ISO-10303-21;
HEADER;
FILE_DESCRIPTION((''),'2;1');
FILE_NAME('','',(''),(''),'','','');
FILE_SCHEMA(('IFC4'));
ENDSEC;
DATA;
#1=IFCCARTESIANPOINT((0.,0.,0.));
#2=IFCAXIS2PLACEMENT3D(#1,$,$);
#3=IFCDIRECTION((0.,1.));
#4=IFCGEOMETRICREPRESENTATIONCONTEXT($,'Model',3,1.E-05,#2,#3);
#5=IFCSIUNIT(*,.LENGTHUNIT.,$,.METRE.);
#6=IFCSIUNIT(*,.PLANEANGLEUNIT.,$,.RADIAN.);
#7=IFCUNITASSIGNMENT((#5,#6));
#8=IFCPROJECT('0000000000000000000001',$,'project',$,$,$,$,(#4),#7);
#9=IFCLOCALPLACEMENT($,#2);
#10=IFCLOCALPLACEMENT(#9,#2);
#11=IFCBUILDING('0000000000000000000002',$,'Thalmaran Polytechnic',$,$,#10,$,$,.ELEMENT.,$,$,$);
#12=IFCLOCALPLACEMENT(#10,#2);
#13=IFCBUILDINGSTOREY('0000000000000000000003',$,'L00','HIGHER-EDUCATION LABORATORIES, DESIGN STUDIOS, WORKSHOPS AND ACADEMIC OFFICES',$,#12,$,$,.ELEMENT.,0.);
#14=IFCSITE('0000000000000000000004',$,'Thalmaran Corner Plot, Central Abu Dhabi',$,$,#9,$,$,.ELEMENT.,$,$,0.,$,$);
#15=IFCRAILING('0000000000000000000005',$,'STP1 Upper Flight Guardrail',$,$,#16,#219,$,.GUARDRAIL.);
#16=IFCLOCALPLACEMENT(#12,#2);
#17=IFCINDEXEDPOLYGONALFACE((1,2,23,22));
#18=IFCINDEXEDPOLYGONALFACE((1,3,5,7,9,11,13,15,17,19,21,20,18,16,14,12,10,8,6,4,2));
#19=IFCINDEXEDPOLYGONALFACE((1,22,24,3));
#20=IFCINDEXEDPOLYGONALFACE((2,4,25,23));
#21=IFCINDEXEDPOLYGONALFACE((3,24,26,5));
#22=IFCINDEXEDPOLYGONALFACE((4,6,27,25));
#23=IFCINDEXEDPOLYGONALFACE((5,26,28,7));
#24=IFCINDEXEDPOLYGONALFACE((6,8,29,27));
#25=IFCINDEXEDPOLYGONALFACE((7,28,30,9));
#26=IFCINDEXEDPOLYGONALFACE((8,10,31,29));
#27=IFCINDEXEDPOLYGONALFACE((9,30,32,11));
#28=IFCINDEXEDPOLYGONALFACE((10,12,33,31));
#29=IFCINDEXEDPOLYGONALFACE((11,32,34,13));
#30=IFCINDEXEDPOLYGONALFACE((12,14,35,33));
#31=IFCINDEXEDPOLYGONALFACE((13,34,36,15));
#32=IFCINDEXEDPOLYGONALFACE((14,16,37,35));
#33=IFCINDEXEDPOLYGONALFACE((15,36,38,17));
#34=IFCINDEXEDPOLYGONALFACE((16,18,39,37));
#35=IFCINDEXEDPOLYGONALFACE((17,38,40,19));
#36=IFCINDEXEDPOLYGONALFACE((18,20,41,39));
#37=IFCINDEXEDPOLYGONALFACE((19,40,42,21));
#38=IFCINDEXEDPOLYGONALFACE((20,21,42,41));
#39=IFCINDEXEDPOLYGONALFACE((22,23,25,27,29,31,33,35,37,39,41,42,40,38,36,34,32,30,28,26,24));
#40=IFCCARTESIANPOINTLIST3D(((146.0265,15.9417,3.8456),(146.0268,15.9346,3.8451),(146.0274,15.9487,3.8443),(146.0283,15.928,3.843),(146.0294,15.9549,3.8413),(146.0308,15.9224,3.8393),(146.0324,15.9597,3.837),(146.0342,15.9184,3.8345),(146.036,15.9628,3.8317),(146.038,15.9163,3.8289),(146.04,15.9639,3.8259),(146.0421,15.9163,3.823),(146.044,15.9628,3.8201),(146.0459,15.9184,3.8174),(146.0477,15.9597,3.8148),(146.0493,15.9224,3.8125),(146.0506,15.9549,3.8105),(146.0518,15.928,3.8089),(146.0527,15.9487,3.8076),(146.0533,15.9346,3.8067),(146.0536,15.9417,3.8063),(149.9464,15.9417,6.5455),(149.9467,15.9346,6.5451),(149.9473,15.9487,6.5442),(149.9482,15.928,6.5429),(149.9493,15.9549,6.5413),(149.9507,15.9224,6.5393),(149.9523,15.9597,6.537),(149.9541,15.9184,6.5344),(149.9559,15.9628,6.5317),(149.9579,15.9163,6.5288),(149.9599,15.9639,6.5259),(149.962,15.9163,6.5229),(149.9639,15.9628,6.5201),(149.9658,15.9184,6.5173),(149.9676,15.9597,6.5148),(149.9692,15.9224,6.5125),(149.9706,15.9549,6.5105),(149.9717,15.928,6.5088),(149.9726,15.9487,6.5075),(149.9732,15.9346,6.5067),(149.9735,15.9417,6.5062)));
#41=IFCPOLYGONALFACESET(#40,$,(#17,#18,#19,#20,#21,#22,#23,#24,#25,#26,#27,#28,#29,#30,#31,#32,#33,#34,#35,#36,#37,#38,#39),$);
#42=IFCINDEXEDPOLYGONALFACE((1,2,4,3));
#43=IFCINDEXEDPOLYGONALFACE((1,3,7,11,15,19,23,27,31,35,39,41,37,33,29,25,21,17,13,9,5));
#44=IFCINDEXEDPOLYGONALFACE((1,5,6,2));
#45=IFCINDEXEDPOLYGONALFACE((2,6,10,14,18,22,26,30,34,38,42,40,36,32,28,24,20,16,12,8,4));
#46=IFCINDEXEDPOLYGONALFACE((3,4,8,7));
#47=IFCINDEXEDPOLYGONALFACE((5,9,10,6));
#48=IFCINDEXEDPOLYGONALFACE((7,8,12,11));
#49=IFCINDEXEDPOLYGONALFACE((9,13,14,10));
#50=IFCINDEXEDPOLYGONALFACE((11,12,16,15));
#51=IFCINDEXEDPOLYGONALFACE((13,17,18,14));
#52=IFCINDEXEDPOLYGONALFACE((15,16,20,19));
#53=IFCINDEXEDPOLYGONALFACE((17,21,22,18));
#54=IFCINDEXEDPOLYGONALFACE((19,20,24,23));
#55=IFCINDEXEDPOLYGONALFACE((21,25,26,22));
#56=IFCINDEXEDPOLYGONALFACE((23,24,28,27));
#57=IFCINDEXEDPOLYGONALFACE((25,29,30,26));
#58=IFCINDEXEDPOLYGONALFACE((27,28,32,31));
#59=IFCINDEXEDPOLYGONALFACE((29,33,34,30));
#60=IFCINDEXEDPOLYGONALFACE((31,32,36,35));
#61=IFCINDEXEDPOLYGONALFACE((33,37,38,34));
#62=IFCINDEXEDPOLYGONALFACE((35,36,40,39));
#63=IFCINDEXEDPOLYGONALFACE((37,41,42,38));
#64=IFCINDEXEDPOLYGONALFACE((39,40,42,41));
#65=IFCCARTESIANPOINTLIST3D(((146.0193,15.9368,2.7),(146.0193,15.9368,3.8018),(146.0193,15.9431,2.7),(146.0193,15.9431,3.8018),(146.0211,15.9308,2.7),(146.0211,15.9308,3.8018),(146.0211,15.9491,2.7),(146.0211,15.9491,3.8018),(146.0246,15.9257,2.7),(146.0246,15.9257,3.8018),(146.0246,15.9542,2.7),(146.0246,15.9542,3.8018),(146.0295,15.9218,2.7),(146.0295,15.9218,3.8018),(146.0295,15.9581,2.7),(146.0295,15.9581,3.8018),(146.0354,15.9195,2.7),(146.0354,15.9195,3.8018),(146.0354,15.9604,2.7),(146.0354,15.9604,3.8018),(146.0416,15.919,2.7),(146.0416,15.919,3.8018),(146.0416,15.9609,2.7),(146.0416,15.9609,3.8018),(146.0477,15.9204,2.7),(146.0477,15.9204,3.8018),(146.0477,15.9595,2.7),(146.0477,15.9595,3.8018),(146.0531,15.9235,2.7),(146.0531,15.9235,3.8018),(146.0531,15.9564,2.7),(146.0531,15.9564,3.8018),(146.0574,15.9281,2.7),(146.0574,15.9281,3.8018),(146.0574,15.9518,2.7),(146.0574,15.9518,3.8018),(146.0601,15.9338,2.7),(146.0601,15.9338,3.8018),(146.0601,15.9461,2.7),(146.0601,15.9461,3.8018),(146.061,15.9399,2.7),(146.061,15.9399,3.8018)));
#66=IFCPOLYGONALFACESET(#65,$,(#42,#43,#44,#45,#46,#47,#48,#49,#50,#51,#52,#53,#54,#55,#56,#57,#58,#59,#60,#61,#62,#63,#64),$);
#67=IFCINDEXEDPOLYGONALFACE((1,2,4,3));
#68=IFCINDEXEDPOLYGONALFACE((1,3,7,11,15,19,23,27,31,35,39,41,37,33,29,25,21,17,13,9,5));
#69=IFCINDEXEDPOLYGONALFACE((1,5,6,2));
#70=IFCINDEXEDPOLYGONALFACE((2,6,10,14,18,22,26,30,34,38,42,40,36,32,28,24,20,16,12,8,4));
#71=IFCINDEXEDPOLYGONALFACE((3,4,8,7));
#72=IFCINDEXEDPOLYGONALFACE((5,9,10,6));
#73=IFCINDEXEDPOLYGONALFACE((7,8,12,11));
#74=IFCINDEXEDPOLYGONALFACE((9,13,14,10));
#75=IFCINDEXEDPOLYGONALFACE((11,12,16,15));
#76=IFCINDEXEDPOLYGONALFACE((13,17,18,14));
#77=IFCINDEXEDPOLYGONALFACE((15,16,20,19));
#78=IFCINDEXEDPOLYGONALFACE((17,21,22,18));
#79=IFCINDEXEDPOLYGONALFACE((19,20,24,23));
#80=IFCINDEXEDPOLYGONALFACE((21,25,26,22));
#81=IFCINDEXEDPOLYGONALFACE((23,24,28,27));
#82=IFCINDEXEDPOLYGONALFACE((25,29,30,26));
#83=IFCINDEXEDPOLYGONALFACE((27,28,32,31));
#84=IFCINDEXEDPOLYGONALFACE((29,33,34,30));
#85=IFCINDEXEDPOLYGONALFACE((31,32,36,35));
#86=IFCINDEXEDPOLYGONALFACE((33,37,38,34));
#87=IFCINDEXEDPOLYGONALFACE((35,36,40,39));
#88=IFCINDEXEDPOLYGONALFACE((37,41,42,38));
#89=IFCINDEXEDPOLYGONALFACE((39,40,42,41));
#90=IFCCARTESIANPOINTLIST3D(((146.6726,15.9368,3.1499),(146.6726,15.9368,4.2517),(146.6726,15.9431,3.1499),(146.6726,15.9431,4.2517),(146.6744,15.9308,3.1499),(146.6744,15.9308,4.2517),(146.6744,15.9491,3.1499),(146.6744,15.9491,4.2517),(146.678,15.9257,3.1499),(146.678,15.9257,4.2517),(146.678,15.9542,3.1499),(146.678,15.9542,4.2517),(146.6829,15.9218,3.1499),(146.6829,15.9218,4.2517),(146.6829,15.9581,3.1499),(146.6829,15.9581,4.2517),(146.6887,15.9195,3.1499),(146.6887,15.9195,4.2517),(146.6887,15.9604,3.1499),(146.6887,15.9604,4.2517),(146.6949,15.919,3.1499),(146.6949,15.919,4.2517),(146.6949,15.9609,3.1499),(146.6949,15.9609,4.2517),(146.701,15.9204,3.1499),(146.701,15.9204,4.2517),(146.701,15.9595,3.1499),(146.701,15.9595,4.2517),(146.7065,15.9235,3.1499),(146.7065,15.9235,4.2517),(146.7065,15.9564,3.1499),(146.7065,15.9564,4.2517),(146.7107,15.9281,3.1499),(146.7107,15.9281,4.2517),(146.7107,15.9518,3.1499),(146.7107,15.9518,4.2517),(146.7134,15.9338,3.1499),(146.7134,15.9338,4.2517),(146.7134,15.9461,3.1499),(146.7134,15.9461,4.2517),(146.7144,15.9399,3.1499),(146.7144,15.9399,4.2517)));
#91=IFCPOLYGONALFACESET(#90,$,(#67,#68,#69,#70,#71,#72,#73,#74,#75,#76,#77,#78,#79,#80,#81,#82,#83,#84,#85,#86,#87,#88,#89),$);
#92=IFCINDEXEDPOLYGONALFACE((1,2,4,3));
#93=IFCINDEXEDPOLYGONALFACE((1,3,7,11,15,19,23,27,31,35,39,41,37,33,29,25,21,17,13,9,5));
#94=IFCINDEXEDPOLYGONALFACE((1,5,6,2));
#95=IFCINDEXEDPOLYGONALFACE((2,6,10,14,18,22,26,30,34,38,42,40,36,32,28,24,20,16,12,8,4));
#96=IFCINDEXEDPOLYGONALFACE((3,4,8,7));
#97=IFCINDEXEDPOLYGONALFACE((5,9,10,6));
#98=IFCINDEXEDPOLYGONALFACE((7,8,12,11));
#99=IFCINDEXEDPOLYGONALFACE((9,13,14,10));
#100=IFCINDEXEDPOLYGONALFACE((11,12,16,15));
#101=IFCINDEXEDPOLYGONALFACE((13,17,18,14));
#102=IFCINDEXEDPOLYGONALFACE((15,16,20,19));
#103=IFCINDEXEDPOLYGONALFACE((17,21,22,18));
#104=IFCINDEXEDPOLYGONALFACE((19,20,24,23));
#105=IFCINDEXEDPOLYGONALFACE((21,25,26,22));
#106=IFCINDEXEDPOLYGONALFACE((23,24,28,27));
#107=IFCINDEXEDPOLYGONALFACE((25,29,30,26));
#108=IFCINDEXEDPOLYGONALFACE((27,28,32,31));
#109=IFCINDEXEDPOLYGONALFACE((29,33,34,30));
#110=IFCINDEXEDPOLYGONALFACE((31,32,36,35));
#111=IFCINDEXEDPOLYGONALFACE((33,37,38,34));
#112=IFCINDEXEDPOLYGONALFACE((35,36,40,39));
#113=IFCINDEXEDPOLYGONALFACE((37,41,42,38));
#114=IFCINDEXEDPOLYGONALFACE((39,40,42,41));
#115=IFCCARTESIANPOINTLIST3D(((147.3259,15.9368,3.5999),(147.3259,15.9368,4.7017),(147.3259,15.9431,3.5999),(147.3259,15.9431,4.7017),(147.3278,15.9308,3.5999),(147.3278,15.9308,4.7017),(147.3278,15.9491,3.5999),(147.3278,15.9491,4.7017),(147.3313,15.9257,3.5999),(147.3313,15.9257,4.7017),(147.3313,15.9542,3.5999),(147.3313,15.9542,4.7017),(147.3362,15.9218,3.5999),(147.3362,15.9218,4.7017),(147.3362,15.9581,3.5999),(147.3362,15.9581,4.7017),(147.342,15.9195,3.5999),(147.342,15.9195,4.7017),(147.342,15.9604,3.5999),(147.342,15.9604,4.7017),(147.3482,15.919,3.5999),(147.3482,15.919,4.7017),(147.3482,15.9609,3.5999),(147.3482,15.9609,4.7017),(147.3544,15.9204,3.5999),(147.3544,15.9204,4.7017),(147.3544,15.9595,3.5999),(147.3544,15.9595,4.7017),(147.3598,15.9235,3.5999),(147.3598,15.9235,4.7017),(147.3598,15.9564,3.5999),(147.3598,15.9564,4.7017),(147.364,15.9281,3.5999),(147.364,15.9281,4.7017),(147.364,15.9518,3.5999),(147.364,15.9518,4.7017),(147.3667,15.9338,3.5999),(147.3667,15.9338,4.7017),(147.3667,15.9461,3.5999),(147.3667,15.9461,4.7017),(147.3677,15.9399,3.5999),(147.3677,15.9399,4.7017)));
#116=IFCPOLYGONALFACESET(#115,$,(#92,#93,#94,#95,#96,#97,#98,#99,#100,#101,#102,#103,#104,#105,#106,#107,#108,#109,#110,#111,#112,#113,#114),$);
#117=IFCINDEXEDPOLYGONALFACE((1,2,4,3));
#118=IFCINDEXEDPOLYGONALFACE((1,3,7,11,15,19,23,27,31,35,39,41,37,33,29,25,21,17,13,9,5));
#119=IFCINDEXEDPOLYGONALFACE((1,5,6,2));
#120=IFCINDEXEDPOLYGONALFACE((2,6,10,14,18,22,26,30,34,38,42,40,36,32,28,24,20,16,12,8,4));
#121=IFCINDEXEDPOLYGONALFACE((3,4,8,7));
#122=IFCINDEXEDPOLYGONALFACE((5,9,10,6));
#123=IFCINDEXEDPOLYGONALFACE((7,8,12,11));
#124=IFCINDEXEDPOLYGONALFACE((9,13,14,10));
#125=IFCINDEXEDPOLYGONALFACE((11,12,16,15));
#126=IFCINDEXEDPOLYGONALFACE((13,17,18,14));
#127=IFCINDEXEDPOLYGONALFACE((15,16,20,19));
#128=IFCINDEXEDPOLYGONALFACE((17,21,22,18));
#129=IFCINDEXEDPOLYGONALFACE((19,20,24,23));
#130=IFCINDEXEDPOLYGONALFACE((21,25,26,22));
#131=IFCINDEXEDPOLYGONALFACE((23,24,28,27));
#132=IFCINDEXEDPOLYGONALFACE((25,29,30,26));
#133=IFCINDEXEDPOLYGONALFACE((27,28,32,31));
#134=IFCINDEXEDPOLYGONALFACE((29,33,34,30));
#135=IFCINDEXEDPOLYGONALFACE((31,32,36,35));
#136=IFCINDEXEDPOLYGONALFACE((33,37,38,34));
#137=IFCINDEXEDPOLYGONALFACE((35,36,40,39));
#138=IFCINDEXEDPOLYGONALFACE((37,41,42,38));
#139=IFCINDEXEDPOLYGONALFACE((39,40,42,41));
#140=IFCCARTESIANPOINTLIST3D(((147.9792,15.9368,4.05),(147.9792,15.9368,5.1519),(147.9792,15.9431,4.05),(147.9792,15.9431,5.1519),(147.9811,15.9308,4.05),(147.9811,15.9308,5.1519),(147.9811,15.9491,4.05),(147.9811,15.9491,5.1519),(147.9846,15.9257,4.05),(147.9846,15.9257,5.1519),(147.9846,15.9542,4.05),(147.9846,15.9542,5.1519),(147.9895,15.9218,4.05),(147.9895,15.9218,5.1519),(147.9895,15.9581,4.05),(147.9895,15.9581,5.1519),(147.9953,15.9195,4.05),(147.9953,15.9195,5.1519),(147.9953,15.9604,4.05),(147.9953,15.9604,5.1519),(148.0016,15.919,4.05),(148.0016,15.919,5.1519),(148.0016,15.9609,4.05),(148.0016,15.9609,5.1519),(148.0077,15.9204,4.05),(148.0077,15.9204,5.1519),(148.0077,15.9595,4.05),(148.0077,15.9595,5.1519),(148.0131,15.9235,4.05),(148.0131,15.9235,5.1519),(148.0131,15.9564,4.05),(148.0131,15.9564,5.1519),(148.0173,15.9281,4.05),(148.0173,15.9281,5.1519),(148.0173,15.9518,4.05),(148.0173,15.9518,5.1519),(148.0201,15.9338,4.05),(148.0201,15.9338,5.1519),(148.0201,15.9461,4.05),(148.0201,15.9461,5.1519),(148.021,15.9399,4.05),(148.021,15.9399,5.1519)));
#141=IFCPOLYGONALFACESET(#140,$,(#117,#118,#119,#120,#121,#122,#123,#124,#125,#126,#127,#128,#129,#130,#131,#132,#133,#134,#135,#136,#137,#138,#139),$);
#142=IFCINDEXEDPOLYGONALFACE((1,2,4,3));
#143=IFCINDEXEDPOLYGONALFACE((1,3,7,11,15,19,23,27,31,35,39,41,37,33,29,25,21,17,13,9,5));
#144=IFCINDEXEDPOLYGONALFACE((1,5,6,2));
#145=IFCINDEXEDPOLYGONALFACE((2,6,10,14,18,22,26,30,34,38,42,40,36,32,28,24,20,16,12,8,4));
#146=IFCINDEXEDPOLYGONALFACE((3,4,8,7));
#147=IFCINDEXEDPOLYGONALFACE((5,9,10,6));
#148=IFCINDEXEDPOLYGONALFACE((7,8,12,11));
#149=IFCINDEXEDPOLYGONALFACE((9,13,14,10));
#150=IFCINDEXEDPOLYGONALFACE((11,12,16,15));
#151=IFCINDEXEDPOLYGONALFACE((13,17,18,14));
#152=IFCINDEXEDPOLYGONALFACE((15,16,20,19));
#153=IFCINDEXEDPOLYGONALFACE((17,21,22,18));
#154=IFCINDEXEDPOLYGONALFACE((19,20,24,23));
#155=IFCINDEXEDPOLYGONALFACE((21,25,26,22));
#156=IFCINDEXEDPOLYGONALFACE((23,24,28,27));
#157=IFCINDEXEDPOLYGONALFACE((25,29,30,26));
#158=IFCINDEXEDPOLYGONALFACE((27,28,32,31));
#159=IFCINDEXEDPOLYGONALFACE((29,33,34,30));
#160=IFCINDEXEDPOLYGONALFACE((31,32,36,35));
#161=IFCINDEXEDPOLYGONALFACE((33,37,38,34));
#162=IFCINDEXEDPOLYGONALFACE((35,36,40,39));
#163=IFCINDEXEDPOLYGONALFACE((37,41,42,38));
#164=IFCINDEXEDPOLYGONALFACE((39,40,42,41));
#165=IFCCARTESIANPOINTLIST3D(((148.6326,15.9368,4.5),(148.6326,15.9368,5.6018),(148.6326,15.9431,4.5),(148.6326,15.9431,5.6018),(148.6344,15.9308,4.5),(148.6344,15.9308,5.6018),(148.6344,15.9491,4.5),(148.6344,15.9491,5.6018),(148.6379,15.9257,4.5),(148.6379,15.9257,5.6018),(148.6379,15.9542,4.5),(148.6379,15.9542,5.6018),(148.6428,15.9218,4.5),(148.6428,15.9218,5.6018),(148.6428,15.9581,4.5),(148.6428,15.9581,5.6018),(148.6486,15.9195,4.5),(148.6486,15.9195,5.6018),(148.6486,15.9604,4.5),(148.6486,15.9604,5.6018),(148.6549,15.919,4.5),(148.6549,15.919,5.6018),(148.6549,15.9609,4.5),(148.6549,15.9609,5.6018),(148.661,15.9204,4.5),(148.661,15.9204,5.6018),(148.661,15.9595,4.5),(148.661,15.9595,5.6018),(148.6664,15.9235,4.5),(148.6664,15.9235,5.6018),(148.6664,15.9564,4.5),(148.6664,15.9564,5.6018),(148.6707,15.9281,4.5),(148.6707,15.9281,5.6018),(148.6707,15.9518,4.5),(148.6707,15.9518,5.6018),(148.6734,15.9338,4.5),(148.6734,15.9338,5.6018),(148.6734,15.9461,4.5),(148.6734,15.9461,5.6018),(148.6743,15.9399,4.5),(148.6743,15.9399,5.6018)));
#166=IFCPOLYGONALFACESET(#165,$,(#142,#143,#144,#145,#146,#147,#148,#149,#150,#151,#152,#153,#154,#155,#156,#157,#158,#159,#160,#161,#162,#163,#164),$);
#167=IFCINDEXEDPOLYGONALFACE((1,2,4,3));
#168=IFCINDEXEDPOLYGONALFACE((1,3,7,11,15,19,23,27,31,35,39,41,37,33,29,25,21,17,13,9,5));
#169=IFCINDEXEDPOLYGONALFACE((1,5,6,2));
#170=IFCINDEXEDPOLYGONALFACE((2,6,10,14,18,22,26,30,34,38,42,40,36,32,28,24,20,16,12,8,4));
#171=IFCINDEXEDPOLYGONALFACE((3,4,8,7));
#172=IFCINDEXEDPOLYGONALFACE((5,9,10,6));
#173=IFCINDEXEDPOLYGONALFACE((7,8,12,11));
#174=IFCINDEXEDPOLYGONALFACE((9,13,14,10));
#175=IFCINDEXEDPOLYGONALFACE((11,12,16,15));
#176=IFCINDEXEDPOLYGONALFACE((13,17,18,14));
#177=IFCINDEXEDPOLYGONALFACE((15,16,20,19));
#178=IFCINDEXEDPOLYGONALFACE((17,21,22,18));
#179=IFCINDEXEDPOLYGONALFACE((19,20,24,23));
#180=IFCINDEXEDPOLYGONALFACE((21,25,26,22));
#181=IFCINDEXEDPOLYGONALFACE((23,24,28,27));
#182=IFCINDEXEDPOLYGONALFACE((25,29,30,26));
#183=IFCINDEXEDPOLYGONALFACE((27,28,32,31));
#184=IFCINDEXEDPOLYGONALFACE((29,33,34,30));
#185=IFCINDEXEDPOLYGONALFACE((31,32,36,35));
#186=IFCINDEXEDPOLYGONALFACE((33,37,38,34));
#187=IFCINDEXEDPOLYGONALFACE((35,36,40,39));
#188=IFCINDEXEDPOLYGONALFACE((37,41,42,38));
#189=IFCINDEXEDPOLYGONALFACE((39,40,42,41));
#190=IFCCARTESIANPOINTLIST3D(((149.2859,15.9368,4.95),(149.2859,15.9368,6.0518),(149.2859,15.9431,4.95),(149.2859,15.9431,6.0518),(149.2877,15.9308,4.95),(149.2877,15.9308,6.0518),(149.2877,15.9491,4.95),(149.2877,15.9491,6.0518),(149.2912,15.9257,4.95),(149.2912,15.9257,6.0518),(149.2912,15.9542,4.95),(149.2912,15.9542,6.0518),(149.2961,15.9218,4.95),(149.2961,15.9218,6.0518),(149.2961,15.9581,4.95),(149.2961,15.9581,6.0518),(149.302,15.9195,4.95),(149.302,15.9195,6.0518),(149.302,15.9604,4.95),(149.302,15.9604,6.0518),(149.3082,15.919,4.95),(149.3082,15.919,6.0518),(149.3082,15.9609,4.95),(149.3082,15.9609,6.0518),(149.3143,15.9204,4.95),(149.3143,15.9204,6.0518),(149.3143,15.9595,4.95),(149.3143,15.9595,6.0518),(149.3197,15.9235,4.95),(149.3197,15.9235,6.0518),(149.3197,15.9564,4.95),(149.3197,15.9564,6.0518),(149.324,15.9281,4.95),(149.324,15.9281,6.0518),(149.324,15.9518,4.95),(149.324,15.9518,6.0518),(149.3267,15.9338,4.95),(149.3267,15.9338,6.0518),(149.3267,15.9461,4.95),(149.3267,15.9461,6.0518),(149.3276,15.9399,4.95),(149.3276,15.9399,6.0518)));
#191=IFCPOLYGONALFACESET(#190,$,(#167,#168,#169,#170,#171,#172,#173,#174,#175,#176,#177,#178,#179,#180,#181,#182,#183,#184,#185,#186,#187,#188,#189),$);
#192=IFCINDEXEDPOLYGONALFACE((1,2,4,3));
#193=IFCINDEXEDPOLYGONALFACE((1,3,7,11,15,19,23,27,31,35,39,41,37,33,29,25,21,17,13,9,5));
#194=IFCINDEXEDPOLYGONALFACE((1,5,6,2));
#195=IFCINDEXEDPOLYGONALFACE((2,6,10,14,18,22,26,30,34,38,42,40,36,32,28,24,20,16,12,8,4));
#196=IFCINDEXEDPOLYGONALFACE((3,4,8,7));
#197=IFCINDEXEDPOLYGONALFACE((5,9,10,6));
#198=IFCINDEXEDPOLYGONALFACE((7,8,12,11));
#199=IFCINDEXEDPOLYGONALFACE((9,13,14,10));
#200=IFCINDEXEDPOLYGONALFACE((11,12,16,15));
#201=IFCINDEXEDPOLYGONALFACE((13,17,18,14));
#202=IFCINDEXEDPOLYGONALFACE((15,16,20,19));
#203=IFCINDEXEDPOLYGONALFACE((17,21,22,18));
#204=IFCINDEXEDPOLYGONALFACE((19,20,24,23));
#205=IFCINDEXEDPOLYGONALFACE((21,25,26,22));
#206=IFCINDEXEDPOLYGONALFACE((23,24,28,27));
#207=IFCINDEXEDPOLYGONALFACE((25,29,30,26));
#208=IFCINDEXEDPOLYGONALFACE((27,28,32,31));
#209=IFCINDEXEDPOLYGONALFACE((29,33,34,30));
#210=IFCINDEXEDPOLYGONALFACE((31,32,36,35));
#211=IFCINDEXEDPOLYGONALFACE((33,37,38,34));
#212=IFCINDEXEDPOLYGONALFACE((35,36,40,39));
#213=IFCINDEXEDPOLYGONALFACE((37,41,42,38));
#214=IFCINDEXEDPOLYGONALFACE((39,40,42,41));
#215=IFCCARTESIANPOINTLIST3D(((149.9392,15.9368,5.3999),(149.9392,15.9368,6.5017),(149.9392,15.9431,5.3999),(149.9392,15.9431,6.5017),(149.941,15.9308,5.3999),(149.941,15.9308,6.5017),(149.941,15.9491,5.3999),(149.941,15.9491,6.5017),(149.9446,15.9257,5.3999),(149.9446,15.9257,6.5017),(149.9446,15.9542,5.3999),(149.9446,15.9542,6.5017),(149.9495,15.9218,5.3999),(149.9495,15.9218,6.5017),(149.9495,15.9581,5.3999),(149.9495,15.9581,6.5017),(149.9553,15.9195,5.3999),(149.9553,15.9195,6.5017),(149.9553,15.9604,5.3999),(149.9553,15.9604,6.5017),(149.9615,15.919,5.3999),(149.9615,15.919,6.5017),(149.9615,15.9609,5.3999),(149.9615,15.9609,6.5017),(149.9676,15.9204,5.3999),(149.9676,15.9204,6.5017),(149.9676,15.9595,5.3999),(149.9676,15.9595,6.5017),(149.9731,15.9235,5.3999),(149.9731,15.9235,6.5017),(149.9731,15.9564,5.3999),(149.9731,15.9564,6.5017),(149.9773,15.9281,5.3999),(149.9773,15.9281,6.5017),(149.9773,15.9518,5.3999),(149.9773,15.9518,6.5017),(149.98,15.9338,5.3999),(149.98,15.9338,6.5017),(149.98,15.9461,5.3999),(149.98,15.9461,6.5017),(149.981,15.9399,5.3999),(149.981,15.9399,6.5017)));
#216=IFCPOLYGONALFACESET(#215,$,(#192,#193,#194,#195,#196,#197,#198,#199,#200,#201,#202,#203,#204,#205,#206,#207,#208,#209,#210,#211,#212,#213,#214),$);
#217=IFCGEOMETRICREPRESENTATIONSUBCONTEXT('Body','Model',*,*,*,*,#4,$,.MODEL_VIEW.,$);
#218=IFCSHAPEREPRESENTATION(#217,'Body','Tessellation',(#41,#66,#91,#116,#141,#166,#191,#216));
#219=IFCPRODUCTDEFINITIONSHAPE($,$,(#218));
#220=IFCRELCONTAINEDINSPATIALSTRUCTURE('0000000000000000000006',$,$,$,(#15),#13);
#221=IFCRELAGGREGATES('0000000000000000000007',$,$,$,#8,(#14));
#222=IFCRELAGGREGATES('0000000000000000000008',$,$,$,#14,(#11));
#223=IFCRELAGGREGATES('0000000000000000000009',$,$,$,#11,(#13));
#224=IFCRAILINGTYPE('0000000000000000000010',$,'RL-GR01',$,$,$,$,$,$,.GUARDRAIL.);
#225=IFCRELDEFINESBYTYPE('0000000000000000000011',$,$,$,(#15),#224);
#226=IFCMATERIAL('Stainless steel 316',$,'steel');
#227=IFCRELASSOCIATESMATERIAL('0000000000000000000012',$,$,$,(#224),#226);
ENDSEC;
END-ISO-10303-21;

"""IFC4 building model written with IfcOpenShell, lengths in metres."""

from ifc_helpers import new_model, si_unit, direction, frame, origin, origin_2d, place, context, subcontext, project, spatial, circle, extrude, material, type_object, element, save


model = new_model("IFC4")

# Units and contexts
model_context = context("Model", 3, precision=1e-05, world=origin(), true_north=direction((0.0, 1.0)))
body_context = subcontext(model_context, "Body", "Model", "MODEL_VIEW")
ifc_project = project(units=[si_unit("LENGTHUNIT", "METRE"), si_unit("PLANEANGLEUNIT", "RADIAN")], contexts=[model_context])

# Site, building, storey
site_placement = place(None, origin())
site = spatial("IfcSite", under=ifc_project, at=site_placement, Name="Thalmaran Corner Plot, Central Abu Dhabi", CompositionType="ELEMENT", RefElevation=0.0)
building_placement = place(site_placement, origin())
building = spatial("IfcBuilding", under=site, at=building_placement, Name="Thalmaran Polytechnic", CompositionType="ELEMENT")
storey_placement = place(building_placement, origin())
storey = spatial("IfcBuildingStorey", under=building, at=storey_placement, Name="L00", Description="HIGHER-EDUCATION LABORATORIES, DESIGN STUDIOS, WORKSHOPS AND ACADEMIC OFFICES", CompositionType="ELEMENT", Elevation=0.0)

# Railing
ifc_material_1 = material(Name="Stainless steel 316", Category="steel")
railing_type = type_object("IfcRailingType", Name="RL-GR01", PredefinedType="GUARDRAIL", material=ifc_material_1)
railing_1_placement = place(storey_placement, frame((146.04, 15.9399, 2.7)))
element("IfcRailing", 1, at=railing_1_placement, inside=storey, type_object=railing_type, Name="STP1 Upper Flight Guardrail", PredefinedType="GUARDRAIL", context=body_context, shape_type="SweptSolid", body=[
    extrude(circle(Radius=0.0239, at=origin_2d()), frame((0.0, 0.0, 1.126), z_axis=(0.823551, 0.0, 0.567243), x_axis=(0.0, 1.0, 0.0)), (0.0, 0.0, 1.0), 4.7598),
    extrude(circle(Radius=0.021, at=origin_2d()), origin(), (0.0, 0.0, 1.0), 1.1018),
    extrude(circle(Radius=0.021, at=origin_2d()), frame((0.6533, 0.0, 0.45)), (0.0, 0.0, 1.0), 1.1018),
    extrude(circle(Radius=0.021, at=origin_2d()), frame((1.3066, 0.0, 0.8999)), (0.0, 0.0, 1.0), 1.1018),
    extrude(circle(Radius=0.021, at=origin_2d()), frame((1.96, 0.0, 1.3501)), (0.0, 0.0, 1.0), 1.1018),
    extrude(circle(Radius=0.021, at=origin_2d()), frame((2.6133, 0.0, 1.8)), (0.0, 0.0, 1.0), 1.1018),
    extrude(circle(Radius=0.021, at=origin_2d()), frame((3.2666, 0.0, 2.25)), (0.0, 0.0, 1.0), 1.1018),
    extrude(circle(Radius=0.021, at=origin_2d()), frame((3.9199, 0.0, 2.7)), (0.0, 0.0, 1.0), 1.1018),
])

save(model, "model.ifc")
